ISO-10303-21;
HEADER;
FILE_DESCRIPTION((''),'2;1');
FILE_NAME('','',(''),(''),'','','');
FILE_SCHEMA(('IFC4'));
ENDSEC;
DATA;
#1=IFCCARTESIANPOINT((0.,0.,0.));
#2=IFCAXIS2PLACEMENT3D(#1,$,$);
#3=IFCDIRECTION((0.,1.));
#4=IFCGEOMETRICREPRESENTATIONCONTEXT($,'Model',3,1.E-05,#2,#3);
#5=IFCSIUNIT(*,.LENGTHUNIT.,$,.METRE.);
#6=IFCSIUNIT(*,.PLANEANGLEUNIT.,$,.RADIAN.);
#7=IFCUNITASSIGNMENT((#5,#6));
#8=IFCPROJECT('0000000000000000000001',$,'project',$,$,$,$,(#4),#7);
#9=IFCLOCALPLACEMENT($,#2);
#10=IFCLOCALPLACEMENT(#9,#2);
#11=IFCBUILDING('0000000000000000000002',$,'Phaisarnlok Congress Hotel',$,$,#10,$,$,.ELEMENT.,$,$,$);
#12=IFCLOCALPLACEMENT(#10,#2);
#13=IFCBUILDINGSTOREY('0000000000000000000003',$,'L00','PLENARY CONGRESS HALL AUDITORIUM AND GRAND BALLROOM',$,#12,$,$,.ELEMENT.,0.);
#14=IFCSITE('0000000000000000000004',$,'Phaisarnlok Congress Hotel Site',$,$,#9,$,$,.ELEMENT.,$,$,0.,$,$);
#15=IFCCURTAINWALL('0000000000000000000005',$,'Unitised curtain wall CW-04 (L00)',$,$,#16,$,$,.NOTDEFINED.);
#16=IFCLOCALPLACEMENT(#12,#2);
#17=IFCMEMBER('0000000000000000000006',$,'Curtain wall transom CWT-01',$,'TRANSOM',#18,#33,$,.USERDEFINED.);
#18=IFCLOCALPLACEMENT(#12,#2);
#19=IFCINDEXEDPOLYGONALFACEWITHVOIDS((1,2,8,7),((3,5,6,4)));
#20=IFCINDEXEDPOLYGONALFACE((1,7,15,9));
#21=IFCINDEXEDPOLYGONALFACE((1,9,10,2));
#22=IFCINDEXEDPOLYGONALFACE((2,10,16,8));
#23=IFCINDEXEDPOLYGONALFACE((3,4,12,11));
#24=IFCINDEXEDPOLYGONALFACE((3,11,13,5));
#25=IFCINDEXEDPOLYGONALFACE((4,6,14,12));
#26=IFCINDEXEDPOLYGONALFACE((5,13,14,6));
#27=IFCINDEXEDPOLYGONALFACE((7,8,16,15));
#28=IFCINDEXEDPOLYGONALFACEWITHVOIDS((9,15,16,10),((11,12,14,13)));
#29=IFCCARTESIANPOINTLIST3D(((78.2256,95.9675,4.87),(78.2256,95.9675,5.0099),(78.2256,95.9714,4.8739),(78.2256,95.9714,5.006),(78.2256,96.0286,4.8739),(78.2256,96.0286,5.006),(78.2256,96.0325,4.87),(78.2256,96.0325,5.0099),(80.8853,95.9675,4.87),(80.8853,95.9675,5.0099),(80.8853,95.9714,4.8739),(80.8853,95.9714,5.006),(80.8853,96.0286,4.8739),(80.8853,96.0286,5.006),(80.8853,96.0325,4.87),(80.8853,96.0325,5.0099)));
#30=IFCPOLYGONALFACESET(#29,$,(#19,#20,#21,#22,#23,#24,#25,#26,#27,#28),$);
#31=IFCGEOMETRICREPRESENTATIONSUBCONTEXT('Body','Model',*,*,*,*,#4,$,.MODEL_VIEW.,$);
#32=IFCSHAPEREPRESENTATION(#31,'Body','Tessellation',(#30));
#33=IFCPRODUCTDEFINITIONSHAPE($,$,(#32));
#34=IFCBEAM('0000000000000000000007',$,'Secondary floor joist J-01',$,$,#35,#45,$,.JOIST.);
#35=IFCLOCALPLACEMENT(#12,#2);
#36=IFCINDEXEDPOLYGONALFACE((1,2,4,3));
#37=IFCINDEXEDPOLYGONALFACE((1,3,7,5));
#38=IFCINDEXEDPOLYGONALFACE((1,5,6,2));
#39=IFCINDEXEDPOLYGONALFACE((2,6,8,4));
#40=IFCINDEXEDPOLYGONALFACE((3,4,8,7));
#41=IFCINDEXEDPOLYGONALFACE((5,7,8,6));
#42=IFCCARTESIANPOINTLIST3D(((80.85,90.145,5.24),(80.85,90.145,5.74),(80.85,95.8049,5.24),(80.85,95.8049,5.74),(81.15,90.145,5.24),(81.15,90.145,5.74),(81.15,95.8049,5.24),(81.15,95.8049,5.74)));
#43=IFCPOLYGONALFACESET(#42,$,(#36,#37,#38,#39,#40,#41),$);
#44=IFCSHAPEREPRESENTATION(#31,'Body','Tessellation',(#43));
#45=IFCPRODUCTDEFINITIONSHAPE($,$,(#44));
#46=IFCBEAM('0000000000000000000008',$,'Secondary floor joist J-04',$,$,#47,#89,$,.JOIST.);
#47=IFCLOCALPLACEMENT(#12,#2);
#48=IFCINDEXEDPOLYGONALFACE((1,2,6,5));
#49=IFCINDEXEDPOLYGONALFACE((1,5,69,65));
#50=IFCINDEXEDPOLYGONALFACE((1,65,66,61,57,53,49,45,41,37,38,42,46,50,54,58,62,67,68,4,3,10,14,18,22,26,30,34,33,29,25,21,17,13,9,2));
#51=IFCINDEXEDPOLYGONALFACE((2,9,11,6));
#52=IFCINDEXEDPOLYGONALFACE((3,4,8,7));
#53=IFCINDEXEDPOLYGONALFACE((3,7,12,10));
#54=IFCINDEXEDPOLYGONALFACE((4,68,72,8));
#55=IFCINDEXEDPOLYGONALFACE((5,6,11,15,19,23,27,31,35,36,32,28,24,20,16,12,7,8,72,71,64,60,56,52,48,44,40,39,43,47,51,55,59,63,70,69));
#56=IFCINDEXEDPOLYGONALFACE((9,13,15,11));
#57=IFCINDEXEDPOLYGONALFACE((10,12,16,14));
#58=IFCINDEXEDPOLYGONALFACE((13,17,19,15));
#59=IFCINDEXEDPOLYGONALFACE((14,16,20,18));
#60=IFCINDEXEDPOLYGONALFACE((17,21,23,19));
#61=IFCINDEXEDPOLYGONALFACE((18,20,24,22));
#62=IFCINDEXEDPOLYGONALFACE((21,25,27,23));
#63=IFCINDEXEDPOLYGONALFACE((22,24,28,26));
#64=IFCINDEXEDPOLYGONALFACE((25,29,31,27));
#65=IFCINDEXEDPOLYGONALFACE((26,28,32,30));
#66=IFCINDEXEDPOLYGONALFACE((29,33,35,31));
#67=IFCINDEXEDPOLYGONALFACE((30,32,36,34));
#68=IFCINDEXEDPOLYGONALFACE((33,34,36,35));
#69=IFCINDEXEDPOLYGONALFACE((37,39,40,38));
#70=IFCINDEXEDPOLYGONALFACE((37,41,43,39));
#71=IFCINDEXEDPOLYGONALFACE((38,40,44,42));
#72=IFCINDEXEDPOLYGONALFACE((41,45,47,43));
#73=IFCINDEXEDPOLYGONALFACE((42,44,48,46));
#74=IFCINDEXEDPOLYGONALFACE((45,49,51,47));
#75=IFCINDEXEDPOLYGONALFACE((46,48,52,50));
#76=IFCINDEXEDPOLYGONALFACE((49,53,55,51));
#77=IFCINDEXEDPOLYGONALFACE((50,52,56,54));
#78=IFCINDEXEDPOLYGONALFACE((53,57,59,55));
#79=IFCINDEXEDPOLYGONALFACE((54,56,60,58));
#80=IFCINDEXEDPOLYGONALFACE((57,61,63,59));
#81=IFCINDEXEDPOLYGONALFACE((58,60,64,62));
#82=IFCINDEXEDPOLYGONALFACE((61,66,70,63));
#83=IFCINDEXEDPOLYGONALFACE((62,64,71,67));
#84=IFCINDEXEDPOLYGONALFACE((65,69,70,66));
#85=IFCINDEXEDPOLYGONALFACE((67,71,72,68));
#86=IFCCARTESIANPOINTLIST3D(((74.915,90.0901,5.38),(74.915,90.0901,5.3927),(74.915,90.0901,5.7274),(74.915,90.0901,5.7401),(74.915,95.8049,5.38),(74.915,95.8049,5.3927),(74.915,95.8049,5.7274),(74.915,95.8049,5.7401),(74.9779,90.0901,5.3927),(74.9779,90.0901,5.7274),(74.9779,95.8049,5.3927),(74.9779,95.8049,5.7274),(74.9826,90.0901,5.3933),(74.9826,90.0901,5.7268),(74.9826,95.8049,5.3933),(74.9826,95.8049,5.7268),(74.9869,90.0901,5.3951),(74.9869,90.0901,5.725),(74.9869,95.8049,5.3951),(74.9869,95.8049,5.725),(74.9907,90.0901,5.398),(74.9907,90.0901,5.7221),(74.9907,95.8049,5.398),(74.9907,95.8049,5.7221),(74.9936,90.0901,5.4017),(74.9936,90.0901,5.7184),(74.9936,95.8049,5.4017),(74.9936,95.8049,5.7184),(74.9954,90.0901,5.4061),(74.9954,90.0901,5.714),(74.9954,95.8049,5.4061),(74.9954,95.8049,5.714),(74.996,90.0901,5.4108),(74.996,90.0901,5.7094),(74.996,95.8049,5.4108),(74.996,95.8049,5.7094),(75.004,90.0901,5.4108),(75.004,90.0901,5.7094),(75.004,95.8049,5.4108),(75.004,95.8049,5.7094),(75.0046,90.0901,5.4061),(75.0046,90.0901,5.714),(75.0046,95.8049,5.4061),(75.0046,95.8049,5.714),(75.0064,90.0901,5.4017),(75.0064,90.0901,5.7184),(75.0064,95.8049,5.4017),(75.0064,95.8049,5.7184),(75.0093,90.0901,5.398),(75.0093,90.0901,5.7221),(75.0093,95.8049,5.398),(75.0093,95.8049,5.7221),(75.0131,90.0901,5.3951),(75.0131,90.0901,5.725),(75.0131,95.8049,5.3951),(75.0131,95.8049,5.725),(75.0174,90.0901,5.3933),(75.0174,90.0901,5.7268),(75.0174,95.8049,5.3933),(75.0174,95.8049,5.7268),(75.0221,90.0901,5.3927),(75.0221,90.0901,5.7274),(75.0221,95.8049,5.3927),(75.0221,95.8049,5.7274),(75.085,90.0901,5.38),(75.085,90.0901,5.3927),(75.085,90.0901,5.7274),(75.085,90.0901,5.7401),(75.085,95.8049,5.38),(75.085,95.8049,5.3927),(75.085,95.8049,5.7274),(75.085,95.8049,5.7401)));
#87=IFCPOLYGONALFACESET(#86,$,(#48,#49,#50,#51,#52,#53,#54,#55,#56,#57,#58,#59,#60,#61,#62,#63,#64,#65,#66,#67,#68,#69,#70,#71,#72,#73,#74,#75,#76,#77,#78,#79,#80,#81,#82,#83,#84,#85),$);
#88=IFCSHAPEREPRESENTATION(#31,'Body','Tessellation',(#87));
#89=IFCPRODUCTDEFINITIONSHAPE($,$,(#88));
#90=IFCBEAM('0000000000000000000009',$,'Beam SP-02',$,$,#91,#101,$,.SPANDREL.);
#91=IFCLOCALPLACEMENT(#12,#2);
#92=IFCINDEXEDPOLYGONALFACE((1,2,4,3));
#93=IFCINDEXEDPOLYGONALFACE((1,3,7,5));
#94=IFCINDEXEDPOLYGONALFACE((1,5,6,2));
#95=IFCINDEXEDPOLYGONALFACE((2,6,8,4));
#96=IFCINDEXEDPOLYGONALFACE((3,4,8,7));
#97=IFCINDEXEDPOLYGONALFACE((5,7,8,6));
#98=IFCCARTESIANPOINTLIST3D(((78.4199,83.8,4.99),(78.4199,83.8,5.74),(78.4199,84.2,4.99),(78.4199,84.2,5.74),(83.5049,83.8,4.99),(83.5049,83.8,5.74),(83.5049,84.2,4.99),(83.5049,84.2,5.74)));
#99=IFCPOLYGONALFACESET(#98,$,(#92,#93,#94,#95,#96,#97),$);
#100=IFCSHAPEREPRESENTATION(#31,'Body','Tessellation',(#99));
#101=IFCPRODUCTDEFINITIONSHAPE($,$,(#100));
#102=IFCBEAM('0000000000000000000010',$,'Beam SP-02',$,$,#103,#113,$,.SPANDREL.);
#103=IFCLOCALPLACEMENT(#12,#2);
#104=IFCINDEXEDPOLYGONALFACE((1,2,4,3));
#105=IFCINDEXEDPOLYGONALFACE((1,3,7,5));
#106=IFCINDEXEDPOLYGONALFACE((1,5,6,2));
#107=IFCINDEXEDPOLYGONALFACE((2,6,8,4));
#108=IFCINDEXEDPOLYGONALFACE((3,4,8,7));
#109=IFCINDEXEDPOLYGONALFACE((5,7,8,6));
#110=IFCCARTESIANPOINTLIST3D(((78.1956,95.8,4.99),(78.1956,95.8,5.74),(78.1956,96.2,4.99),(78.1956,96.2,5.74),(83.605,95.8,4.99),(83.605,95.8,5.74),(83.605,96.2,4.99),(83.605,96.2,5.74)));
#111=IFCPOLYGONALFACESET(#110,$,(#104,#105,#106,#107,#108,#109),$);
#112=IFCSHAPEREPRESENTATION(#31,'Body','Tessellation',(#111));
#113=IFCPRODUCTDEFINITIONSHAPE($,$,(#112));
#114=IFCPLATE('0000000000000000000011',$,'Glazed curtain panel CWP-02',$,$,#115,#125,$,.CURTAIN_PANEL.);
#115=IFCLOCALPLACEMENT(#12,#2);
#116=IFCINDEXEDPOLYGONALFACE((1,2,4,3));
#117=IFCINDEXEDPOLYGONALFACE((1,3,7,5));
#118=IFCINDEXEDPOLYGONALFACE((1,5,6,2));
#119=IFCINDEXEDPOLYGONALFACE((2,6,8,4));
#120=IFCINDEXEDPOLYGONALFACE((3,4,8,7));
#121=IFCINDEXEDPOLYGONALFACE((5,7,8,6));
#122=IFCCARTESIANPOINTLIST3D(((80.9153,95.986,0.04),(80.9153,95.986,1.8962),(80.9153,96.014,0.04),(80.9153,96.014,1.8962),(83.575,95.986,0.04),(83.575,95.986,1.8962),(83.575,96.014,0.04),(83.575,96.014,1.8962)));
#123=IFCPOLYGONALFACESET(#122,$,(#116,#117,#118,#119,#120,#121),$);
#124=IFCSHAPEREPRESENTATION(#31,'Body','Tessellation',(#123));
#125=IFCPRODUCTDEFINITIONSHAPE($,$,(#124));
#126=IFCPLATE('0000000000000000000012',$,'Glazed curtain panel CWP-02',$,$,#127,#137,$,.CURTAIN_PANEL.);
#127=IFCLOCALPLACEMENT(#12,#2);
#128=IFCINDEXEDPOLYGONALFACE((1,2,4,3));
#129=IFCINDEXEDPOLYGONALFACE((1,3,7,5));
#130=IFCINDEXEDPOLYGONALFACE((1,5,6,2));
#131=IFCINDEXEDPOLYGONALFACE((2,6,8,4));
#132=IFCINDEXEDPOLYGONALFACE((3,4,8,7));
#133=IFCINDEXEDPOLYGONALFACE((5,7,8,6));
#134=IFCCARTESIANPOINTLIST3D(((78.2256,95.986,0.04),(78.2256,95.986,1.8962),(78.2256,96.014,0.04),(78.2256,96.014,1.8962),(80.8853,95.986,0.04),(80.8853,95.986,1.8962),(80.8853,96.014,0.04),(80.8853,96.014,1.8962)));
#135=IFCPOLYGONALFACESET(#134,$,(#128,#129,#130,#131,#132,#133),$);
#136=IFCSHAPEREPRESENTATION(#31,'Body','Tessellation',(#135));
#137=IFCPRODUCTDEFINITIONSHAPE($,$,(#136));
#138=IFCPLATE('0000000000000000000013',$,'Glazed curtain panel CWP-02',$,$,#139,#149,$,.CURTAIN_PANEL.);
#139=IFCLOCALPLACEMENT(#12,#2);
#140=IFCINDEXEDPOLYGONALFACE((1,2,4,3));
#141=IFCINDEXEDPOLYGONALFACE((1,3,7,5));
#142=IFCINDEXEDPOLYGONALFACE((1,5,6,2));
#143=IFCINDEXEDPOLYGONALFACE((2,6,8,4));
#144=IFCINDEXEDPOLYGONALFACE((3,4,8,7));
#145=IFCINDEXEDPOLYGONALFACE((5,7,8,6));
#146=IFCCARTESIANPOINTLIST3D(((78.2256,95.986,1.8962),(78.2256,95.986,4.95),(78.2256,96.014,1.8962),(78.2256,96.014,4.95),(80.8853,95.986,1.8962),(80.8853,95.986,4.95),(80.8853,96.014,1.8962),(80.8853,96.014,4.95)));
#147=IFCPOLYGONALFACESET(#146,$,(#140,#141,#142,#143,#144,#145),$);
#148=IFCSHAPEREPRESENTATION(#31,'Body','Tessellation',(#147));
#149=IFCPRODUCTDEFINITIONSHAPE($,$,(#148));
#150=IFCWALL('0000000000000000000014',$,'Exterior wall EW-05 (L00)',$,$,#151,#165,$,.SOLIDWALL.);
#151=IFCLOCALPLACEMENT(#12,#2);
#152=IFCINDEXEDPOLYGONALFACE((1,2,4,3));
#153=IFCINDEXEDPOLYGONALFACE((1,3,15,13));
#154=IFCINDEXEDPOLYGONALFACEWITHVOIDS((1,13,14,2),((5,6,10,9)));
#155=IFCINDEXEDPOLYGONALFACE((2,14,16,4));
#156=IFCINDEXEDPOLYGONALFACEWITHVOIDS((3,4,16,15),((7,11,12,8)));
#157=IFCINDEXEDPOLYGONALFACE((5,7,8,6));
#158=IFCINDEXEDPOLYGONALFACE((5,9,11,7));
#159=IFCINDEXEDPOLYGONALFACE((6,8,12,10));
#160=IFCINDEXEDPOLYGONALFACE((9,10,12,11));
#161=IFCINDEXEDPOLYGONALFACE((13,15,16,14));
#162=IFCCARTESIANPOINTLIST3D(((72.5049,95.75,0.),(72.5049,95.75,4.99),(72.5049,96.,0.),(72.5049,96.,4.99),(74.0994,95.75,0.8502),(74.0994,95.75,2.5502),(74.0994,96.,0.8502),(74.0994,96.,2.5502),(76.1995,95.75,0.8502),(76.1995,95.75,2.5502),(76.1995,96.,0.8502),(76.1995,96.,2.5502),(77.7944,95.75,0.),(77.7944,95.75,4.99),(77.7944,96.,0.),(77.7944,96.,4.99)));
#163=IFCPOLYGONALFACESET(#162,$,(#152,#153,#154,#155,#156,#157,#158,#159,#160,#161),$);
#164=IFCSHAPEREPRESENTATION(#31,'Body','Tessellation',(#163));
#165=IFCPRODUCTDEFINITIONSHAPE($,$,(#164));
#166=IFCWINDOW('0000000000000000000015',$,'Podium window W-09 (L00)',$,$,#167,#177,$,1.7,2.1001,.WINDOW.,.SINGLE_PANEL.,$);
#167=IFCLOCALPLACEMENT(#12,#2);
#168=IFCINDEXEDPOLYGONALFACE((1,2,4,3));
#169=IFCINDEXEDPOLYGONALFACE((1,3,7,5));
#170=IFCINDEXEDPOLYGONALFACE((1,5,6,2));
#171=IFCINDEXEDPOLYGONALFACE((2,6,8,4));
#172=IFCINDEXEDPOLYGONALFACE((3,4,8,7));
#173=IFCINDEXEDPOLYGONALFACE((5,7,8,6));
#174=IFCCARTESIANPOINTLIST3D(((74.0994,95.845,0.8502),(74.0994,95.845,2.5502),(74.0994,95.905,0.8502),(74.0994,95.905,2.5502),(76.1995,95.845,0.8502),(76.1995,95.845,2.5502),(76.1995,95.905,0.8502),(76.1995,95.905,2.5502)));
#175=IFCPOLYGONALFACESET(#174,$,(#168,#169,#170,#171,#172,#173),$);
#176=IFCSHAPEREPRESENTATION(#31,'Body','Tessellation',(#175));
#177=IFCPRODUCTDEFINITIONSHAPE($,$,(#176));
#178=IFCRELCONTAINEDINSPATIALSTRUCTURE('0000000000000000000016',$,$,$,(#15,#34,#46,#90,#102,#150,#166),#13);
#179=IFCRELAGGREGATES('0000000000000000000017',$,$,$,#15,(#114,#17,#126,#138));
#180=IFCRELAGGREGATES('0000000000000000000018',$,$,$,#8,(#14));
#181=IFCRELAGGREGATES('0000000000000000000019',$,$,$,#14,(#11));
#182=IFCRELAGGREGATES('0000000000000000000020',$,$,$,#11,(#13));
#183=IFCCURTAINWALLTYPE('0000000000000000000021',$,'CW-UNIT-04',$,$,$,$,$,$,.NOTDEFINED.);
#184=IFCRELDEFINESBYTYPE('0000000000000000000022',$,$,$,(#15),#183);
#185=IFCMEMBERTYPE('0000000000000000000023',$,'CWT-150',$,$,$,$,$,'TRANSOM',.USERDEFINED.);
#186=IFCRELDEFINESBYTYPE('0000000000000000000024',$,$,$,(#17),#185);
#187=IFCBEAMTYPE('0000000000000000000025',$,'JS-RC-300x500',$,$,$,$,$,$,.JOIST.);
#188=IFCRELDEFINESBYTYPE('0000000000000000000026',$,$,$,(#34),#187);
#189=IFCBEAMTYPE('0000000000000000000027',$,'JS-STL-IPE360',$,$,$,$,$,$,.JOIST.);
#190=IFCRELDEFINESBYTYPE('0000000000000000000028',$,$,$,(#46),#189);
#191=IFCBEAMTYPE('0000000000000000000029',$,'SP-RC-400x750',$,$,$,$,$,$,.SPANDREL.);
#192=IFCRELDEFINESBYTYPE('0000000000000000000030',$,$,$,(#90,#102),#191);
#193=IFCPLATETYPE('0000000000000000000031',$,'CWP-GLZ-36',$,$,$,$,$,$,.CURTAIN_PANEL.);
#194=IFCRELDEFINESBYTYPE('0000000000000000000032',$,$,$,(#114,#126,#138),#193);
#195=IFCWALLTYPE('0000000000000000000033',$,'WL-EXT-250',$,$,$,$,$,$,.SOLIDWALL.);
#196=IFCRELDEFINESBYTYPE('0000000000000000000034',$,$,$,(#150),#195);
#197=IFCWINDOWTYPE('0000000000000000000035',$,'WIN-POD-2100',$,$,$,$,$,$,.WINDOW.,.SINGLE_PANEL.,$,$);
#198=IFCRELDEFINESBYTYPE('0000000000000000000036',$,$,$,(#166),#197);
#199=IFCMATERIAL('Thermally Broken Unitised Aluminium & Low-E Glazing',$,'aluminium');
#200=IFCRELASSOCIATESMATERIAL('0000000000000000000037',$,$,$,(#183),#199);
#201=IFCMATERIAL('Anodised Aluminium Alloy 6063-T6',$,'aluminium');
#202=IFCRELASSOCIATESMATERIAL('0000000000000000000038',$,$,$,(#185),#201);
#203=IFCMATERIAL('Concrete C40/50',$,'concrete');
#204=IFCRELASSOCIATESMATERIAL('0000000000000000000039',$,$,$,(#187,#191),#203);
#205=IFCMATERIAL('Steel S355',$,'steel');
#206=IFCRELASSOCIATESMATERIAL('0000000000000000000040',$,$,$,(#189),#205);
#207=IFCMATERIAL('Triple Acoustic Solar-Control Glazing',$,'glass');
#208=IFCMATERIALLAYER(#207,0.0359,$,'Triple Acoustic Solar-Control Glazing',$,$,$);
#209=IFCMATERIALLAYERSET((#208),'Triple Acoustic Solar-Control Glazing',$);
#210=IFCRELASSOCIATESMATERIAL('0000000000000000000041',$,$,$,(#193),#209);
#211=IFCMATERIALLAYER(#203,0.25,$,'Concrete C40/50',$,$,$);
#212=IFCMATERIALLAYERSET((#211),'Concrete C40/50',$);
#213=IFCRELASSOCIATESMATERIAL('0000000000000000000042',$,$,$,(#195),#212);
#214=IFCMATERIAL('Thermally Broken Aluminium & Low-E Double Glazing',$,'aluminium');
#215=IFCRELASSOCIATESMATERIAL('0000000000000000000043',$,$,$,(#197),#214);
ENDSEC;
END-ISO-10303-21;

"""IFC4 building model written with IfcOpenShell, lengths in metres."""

from ifc_helpers import new_model, si_unit, direction, frame, frame_2d, origin, origin_2d, place, context, subcontext, project, spatial, rectangle, hollow_rectangle, i_section, extrude, material, layer, layer_set, material_profile, profile_set, type_object, element, fill, aggregate, save


model = new_model("IFC4")

# Units and contexts
model_context = context("Model", 3, precision=1e-05, world=origin(), true_north=direction((0.0, 1.0)))
body_context = subcontext(model_context, "Body", "Model", "MODEL_VIEW")
ifc_project = project(units=[si_unit("LENGTHUNIT", "METRE"), si_unit("PLANEANGLEUNIT", "RADIAN")], contexts=[model_context])

# Site, building, storey
site_placement = place(None, origin())
site = spatial("IfcSite", under=ifc_project, at=site_placement, Name="Phaisarnlok Congress Hotel Site", CompositionType="ELEMENT", RefElevation=0.0)
building_placement = place(site_placement, origin())
building = spatial("IfcBuilding", under=site, at=building_placement, Name="Phaisarnlok Congress Hotel", CompositionType="ELEMENT")
storey_placement = place(building_placement, origin())
storey = spatial("IfcBuildingStorey", under=building, at=storey_placement, Name="L00", Description="PLENARY CONGRESS HALL AUDITORIUM AND GRAND BALLROOM", CompositionType="ELEMENT", Elevation=0.0)

# Shared definitions
ifc_material_1 = material(Name="Steel S355", Category="steel")

# Shared definitions
ifc_material_2 = material(Name="Concrete C40/50", Category="concrete")

# Curtain wall, member
ifc_material_3 = material(Name="Thermally Broken Unitised Aluminium & Low-E Glazing", Category="aluminium")
curtain_wall_type = type_object("IfcCurtainWallType", Name="CW-UNIT-04", PredefinedType="NOTDEFINED", material=ifc_material_3)
curtain_wall_placement = place(storey_placement, origin())
curtain_wall = element("IfcCurtainWall", 1, at=curtain_wall_placement, inside=storey, type_object=curtain_wall_type, Name="Unitised curtain wall CW-04 (L00)", PredefinedType="NOTDEFINED")
ifc_material_4 = material(Name="Anodised Aluminium Alloy 6063-T6", Category="aluminium")
ifc_material_profile_1 = material_profile(ifc_material_4, hollow_rectangle(XDim=0.0649, YDim=0.1399, WallThickness=0.0039, at=origin_2d()), Name="ALU-T 65x140x4")
ifc_profile_set_1 = profile_set([ifc_material_profile_1], Name="Anodised Aluminium Alloy 6063-T6")
member_type_1 = type_object("IfcMemberType", Name="CWT-150", ElementType="TRANSOM", PredefinedType="USERDEFINED", material=ifc_profile_set_1)
member_1_placement = place(storey_placement, frame((80.8853, 96.0, 4.9399), z_axis=(-1.0, 0.0, 0.0), x_axis=(0.0, -1.0, 0.0)))
member_1 = element("IfcMember", 2, at=member_1_placement, type_object=member_type_1, Name="Curtain wall transom CWT-01", ObjectType="TRANSOM", PredefinedType="USERDEFINED", context=body_context, shape_type="SweptSolid", body=[
    extrude(hollow_rectangle(XDim=0.0649, YDim=0.1399, WallThickness=0.0039, at=origin_2d()), origin(), (0.0, 0.0, 1.0), 2.6597),
])

# Beams
ifc_material_profile_2 = material_profile(ifc_material_2, rectangle(XDim=0.3, YDim=0.5, at=origin_2d()), Name="RC 300x500")
ifc_profile_set_2 = profile_set([ifc_material_profile_2], Name="Concrete C40/50")
beam_type_1 = type_object("IfcBeamType", Name="JS-RC-300x500", PredefinedType="JOIST", material=ifc_profile_set_2)
beam_1_placement = place(storey_placement, frame((81.0, 90.145, 5.49), z_axis=(0.0, 1.0, 0.0), x_axis=(-1.0, 0.0, 0.0)))
element("IfcBeam", 3, at=beam_1_placement, inside=storey, type_object=beam_type_1, Name="Secondary floor joist J-01", PredefinedType="JOIST", context=body_context, shape_type="SweptSolid", body=[
    extrude(rectangle(XDim=0.3, YDim=0.5, at=origin_2d()), origin(), (0.0, 0.0, 1.0), 5.6599),
])
ifc_material_profile_3 = material_profile(ifc_material_1, i_section(OverallWidth=0.1699, OverallDepth=0.3601, WebThickness=0.0081, FlangeThickness=0.0127, FilletRadius=0.0181, at=origin_2d()), Name="IPE 360")
ifc_profile_set_3 = profile_set([ifc_material_profile_3], Name="Steel S355")
beam_type_2 = type_object("IfcBeamType", Name="JS-STL-IPE360", PredefinedType="JOIST", material=ifc_profile_set_3)
beam_2_placement = place(storey_placement, frame((75.0, 90.0901, 5.5601), z_axis=(0.0, 1.0, 0.0), x_axis=(-1.0, 0.0, 0.0)))
element("IfcBeam", 4, at=beam_2_placement, inside=storey, type_object=beam_type_2, Name="Secondary floor joist J-04", PredefinedType="JOIST", context=body_context, shape_type="SweptSolid", body=[
    extrude(i_section(OverallWidth=0.1699, OverallDepth=0.3601, WebThickness=0.0081, FlangeThickness=0.0127, FilletRadius=0.0181, at=origin_2d()), origin(), (0.0, 0.0, 1.0), 5.7148),
])
ifc_material_profile_4 = material_profile(ifc_material_2, rectangle(XDim=0.3999, YDim=0.75, at=origin_2d()), Name="RC 400x750")
ifc_profile_set_4 = profile_set([ifc_material_profile_4], Name="Concrete C40/50")
beam_type_3 = type_object("IfcBeamType", Name="SP-RC-400x750", PredefinedType="SPANDREL", material=ifc_profile_set_4)
beam_3_placement = place(storey_placement, frame((78.4199, 84.0, 5.365), z_axis=(1.0, 0.0, 0.0), x_axis=(0.0, 1.0, 0.0)))
element("IfcBeam", 5, at=beam_3_placement, inside=storey, type_object=beam_type_3, Name="Beam SP-02", PredefinedType="SPANDREL", context=body_context, shape_type="SweptSolid", body=[
    extrude(rectangle(XDim=0.3999, YDim=0.75, at=origin_2d()), origin(), (0.0, 0.0, 1.0), 5.085),
])
beam_4_placement = place(storey_placement, frame((78.1956, 96.0, 5.365), z_axis=(1.0, 0.0, 0.0), x_axis=(0.0, 1.0, 0.0)))
element("IfcBeam", 6, at=beam_4_placement, inside=storey, type_object=beam_type_3, Name="Beam SP-02", PredefinedType="SPANDREL", context=body_context, shape_type="SweptSolid", body=[
    extrude(rectangle(XDim=0.3999, YDim=0.75, at=origin_2d()), origin(), (0.0, 0.0, 1.0), 5.4094),
])

# Plates
ifc_material_5 = material(Name="Triple Acoustic Solar-Control Glazing", Category="glass")
ifc_layer_1 = layer(ifc_material_5, 0.0359, Name="Triple Acoustic Solar-Control Glazing")
ifc_layer_set_1 = layer_set([ifc_layer_1], Name="Triple Acoustic Solar-Control Glazing")
plate_type = type_object("IfcPlateType", Name="CWP-GLZ-36", PredefinedType="CURTAIN_PANEL", material=ifc_layer_set_1)
plate_1_placement = place(storey_placement, frame((83.575, 96.0, 0.04), z_axis=(0.0, 0.0, 1.0), x_axis=(-1.0, 0.0, 0.0)))
plate_1 = element("IfcPlate", 7, at=plate_1_placement, type_object=plate_type, Name="Glazed curtain panel CWP-02", PredefinedType="CURTAIN_PANEL", context=body_context, shape_type="SweptSolid", body=[
    extrude(rectangle(XDim=2.6597, YDim=0.0281, at=frame_2d((1.3298, 0.0))), origin(), (0.0, 0.0, 1.0), 1.8562),
])
plate_2_placement = place(storey_placement, frame((80.8853, 96.0, 0.04), z_axis=(0.0, 0.0, 1.0), x_axis=(-1.0, 0.0, 0.0)))
plate_2 = element("IfcPlate", 8, at=plate_2_placement, type_object=plate_type, Name="Glazed curtain panel CWP-02", PredefinedType="CURTAIN_PANEL", context=body_context, shape_type="SweptSolid", body=[
    extrude(rectangle(XDim=2.6597, YDim=0.0281, at=frame_2d((1.3298, 0.0))), origin(), (0.0, 0.0, 1.0), 1.8562),
])
plate_3_placement = place(storey_placement, frame((80.8853, 96.0, 1.8962), z_axis=(0.0, 0.0, 1.0), x_axis=(-1.0, 0.0, 0.0)))
plate_3 = element("IfcPlate", 9, at=plate_3_placement, type_object=plate_type, Name="Glazed curtain panel CWP-02", PredefinedType="CURTAIN_PANEL", context=body_context, shape_type="SweptSolid", body=[
    extrude(rectangle(XDim=2.6597, YDim=0.0281, at=frame_2d((1.3298, 0.0))), origin(), (0.0, 0.0, 1.0), 3.0537),
])
aggregate(curtain_wall, [plate_1, member_1, plate_2, plate_3])

# Wall, opening, window
ifc_layer_2 = layer(ifc_material_2, 0.25, Name="Concrete C40/50")
ifc_layer_set_2 = layer_set([ifc_layer_2], Name="Concrete C40/50")
wall_type_1 = type_object("IfcWallType", Name="WL-EXT-250", PredefinedType="SOLIDWALL", material=ifc_layer_set_2)
wall_1_placement = place(storey_placement, frame((77.7944, 95.875, 0.0), z_axis=(0.0, 0.0, 1.0), x_axis=(-1.0, 0.0, 0.0)))
wall_1 = element("IfcWall", 10, at=wall_1_placement, inside=storey, type_object=wall_type_1, Name="Exterior wall EW-05 (L00)", PredefinedType="SOLIDWALL", context=body_context, shape_type="SweptSolid", body=[
    extrude(rectangle(XDim=5.2896, YDim=0.25, at=frame_2d((2.6448, 0.0))), origin(), (0.0, 0.0, 1.0), 4.99),
])
opening_1_placement = place(wall_1_placement, frame((1.595, 0.0, 0.8501)))
opening_1 = element("IfcOpeningElement", 11, at=opening_1_placement, cuts=wall_1, PredefinedType="OPENING", context=body_context, shape_type="SweptSolid", body=[
    extrude(rectangle(XDim=2.1001, YDim=1.7, at=frame_2d((1.05, 0.8501))), frame((0.0, 0.135, 0.0), z_axis=(0.0, -1.0, 0.0), x_axis=(1.0, 0.0, 0.0)), (0.0, 0.0, 1.0), 0.27),
])
ifc_material_6 = material(Name="Thermally Broken Aluminium & Low-E Double Glazing", Category="aluminium")
window_type = type_object("IfcWindowType", Name="WIN-POD-2100", PartitioningType="SINGLE_PANEL", PredefinedType="WINDOW", material=ifc_material_6)
window_placement = place(opening_1_placement, origin())
window = element("IfcWindow", 12, at=window_placement, inside=storey, type_object=window_type, Name="Podium window W-09 (L00)", OverallHeight=1.7, OverallWidth=2.1001, PartitioningType="SINGLE_PANEL", PredefinedType="WINDOW", context=body_context, shape_type="SweptSolid", body=[
    extrude(rectangle(XDim=2.1001, YDim=1.7, at=frame_2d((1.05, 0.8501))), frame((0.0, 0.03, 0.0), z_axis=(0.0, -1.0, 0.0), x_axis=(1.0, 0.0, 0.0)), (0.0, 0.0, 1.0), 0.0601),
])
fill(opening_1, window)

save(model, "model.ifc")
